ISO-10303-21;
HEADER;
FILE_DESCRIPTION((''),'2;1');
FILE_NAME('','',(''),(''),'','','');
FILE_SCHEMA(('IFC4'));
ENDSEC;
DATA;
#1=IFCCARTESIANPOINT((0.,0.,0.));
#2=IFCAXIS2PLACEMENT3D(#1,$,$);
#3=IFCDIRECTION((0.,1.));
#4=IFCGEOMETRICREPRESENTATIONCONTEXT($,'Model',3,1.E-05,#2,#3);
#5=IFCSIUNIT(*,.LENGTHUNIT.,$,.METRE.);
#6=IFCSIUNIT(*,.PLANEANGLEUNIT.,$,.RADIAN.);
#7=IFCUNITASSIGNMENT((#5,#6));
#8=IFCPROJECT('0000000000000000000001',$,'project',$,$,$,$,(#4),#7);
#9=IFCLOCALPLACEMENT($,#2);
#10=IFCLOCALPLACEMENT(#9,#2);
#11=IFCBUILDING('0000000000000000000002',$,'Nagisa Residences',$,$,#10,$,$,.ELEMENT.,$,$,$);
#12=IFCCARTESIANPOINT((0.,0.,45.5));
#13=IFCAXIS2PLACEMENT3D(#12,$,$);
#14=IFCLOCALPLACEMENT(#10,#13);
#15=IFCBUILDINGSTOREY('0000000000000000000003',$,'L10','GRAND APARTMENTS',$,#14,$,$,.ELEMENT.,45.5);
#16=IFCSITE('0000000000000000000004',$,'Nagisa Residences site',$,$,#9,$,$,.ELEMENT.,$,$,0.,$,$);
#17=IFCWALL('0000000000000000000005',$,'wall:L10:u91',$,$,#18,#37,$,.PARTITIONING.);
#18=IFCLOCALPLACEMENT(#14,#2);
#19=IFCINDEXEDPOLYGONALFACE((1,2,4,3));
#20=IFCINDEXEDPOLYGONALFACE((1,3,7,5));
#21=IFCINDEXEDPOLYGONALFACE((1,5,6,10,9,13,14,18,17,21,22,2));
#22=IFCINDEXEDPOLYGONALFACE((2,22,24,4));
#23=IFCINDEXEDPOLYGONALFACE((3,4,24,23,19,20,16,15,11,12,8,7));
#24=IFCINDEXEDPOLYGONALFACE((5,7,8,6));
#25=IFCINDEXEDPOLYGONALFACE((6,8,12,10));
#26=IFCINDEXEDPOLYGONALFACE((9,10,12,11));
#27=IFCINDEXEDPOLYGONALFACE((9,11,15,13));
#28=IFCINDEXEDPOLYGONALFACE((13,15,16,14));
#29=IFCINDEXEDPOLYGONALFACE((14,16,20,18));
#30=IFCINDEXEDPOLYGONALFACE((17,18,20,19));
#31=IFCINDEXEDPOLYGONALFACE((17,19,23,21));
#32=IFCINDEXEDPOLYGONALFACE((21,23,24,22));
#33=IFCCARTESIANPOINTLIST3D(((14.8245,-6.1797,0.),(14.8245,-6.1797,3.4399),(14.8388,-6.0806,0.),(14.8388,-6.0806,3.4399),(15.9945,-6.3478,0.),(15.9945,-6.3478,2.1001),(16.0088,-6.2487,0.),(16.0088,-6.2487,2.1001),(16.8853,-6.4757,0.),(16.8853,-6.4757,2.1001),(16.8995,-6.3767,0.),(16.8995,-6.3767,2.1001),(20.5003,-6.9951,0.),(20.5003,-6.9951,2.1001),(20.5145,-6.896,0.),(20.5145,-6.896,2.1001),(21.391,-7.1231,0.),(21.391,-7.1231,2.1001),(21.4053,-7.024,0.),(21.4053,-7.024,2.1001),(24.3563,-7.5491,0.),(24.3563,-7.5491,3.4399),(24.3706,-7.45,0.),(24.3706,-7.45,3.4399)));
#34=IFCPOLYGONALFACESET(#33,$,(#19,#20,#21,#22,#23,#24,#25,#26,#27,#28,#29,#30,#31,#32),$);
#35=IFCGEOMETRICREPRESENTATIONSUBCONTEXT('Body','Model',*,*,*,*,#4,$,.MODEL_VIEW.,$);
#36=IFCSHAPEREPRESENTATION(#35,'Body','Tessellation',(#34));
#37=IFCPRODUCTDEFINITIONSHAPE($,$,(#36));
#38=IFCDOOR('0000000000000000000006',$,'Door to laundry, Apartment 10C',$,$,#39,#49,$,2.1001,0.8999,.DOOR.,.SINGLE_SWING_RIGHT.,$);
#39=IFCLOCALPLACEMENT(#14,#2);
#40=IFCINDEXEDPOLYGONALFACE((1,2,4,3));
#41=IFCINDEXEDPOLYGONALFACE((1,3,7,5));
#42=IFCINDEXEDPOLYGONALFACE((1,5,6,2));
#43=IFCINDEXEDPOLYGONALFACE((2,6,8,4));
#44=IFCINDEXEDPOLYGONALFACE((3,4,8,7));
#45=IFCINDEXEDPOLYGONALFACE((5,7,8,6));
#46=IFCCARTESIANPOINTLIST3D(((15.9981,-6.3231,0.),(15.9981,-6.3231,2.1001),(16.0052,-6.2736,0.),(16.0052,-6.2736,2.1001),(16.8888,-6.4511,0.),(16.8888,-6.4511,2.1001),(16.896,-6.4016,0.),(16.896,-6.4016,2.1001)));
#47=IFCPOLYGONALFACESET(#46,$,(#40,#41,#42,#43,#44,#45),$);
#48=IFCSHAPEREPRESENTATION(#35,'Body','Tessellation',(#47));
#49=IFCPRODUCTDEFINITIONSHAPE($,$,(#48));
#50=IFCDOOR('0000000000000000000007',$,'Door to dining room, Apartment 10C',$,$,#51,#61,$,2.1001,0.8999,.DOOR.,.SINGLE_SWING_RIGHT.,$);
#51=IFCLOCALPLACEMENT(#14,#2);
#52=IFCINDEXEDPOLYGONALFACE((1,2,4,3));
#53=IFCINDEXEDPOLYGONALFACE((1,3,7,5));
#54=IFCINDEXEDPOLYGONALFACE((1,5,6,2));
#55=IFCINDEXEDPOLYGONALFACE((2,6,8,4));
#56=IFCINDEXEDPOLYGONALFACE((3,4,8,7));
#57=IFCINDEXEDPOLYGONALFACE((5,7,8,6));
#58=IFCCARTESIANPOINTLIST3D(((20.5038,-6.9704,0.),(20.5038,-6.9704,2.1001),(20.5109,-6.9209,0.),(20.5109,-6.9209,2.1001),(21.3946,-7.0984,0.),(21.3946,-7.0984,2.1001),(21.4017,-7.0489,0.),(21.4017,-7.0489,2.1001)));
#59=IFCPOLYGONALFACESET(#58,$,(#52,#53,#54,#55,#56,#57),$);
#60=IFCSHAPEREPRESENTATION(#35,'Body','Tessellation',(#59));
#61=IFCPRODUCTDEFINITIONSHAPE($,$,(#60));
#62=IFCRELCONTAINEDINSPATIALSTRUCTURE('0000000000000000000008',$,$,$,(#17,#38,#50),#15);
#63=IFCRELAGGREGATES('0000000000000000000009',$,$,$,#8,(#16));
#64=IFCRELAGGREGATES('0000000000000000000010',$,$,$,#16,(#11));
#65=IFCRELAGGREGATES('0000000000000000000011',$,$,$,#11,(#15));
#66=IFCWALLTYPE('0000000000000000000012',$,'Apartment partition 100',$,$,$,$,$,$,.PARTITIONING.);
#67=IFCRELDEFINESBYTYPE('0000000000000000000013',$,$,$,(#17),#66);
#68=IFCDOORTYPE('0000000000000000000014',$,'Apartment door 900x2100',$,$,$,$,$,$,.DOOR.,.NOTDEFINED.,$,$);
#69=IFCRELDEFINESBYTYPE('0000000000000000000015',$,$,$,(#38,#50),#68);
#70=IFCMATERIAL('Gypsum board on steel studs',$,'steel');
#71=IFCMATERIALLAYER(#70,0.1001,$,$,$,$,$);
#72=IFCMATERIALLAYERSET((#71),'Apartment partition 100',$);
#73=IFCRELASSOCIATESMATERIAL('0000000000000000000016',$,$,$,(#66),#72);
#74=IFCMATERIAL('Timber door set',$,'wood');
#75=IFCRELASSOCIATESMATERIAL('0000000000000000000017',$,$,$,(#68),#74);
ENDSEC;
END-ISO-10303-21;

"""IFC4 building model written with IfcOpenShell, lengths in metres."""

from ifc_helpers import new_model, si_unit, direction, frame, frame_2d, origin, place, context, subcontext, project, spatial, rectangle, extrude, material, layer, layer_set, type_object, element, fill, save


model = new_model("IFC4")

# Units and contexts
model_context = context("Model", 3, precision=1e-05, world=origin(), true_north=direction((0.0, 1.0)))
body_context = subcontext(model_context, "Body", "Model", "MODEL_VIEW")
ifc_project = project(units=[si_unit("LENGTHUNIT", "METRE"), si_unit("PLANEANGLEUNIT", "RADIAN")], contexts=[model_context])

# Site, building, storey
site_placement = place(None, origin())
site = spatial("IfcSite", under=ifc_project, at=site_placement, Name="Nagisa Residences site", CompositionType="ELEMENT", RefElevation=0.0)
building_placement = place(site_placement, origin())
building = spatial("IfcBuilding", under=site, at=building_placement, Name="Nagisa Residences", CompositionType="ELEMENT")
storey_placement = place(building_placement, frame((0.0, 0.0, 45.5)))
storey = spatial("IfcBuildingStorey", under=building, at=storey_placement, Name="L10", Description="GRAND APARTMENTS", CompositionType="ELEMENT", Elevation=45.5)

# Shared definitions
ifc_material_1 = material(Name="Gypsum board on steel studs", Category="steel")
ifc_layer_1 = layer(ifc_material_1, 0.1001)
ifc_layer_set_1 = layer_set([ifc_layer_1], Name="Apartment partition 100")
wall_type_1 = type_object("IfcWallType", Name="Apartment partition 100", PredefinedType="PARTITIONING", material=ifc_layer_set_1)

# Shared definitions
ifc_material_2 = material(Name="Timber door set", Category="wood")
door_type_1 = type_object("IfcDoorType", Name="Apartment door 900x2100", OperationType="NOTDEFINED", PredefinedType="DOOR", material=ifc_material_2)

# Wall, openings, doors
wall_1_placement = place(storey_placement, frame((14.8315, -6.1301, 0.0), z_axis=(0.0, 0.0, 1.0), x_axis=(0.989837, -0.142206, 0.0)))
wall_1 = element("IfcWall", 1, at=wall_1_placement, inside=storey, type_object=wall_type_1, Name="wall:L10:u91", PredefinedType="PARTITIONING", context=body_context, shape_type="SweptSolid", body=[
    extrude(rectangle(XDim=9.6296, YDim=0.1001, at=frame_2d((4.8149, 0.0))), origin(), (0.0, 0.0, 1.0), 3.4399),
])
opening_1_placement = place(wall_1_placement, frame((1.1821, 0.0, 0.0)))
opening_1 = element("IfcOpeningElement", 2, at=opening_1_placement, cuts=wall_1, PredefinedType="OPENING", context=body_context, shape_type="SweptSolid", body=[
    extrude(rectangle(XDim=0.8999, YDim=2.1001, at=frame_2d((0.45, 1.05))), frame((0.0, 0.0601, 0.0), z_axis=(0.0, -1.0, 0.0), x_axis=(1.0, 0.0, 0.0)), (0.0, 0.0, 1.0), 0.1201),
])
opening_2_placement = place(wall_1_placement, frame((5.7341, 0.0, 0.0)))
opening_2 = element("IfcOpeningElement", 3, at=opening_2_placement, cuts=wall_1, PredefinedType="OPENING", context=body_context, shape_type="SweptSolid", body=[
    extrude(rectangle(XDim=0.8999, YDim=2.1001, at=frame_2d((0.45, 1.05))), frame((0.0, 0.0601, 0.0), z_axis=(0.0, -1.0, 0.0), x_axis=(1.0, 0.0, 0.0)), (0.0, 0.0, 1.0), 0.1201),
])
door_1_placement = place(opening_1_placement, origin())
door_1 = element("IfcDoor", 4, at=door_1_placement, inside=storey, type_object=door_type_1, Name="Door to laundry, Apartment 10C", OperationType="SINGLE_SWING_RIGHT", OverallHeight=2.1001, OverallWidth=0.8999, PredefinedType="DOOR", context=body_context, shape_type="SweptSolid", body=[
    extrude(rectangle(XDim=0.8999, YDim=2.1001, at=frame_2d((0.45, 1.05))), frame((0.0, 0.0249, 0.0), z_axis=(0.0, -1.0, 0.0), x_axis=(1.0, 0.0, 0.0)), (0.0, 0.0, 1.0), 0.05),
])
fill(opening_1, door_1)
door_2_placement = place(opening_2_placement, origin())
door_2 = element("IfcDoor", 5, at=door_2_placement, inside=storey, type_object=door_type_1, Name="Door to dining room, Apartment 10C", OperationType="SINGLE_SWING_RIGHT", OverallHeight=2.1001, OverallWidth=0.8999, PredefinedType="DOOR", context=body_context, shape_type="SweptSolid", body=[
    extrude(rectangle(XDim=0.8999, YDim=2.1001, at=frame_2d((0.45, 1.05))), frame((0.0, 0.0249, 0.0), z_axis=(0.0, -1.0, 0.0), x_axis=(1.0, 0.0, 0.0)), (0.0, 0.0, 1.0), 0.05),
])
fill(opening_2, door_2)

save(model, "model.ifc")
